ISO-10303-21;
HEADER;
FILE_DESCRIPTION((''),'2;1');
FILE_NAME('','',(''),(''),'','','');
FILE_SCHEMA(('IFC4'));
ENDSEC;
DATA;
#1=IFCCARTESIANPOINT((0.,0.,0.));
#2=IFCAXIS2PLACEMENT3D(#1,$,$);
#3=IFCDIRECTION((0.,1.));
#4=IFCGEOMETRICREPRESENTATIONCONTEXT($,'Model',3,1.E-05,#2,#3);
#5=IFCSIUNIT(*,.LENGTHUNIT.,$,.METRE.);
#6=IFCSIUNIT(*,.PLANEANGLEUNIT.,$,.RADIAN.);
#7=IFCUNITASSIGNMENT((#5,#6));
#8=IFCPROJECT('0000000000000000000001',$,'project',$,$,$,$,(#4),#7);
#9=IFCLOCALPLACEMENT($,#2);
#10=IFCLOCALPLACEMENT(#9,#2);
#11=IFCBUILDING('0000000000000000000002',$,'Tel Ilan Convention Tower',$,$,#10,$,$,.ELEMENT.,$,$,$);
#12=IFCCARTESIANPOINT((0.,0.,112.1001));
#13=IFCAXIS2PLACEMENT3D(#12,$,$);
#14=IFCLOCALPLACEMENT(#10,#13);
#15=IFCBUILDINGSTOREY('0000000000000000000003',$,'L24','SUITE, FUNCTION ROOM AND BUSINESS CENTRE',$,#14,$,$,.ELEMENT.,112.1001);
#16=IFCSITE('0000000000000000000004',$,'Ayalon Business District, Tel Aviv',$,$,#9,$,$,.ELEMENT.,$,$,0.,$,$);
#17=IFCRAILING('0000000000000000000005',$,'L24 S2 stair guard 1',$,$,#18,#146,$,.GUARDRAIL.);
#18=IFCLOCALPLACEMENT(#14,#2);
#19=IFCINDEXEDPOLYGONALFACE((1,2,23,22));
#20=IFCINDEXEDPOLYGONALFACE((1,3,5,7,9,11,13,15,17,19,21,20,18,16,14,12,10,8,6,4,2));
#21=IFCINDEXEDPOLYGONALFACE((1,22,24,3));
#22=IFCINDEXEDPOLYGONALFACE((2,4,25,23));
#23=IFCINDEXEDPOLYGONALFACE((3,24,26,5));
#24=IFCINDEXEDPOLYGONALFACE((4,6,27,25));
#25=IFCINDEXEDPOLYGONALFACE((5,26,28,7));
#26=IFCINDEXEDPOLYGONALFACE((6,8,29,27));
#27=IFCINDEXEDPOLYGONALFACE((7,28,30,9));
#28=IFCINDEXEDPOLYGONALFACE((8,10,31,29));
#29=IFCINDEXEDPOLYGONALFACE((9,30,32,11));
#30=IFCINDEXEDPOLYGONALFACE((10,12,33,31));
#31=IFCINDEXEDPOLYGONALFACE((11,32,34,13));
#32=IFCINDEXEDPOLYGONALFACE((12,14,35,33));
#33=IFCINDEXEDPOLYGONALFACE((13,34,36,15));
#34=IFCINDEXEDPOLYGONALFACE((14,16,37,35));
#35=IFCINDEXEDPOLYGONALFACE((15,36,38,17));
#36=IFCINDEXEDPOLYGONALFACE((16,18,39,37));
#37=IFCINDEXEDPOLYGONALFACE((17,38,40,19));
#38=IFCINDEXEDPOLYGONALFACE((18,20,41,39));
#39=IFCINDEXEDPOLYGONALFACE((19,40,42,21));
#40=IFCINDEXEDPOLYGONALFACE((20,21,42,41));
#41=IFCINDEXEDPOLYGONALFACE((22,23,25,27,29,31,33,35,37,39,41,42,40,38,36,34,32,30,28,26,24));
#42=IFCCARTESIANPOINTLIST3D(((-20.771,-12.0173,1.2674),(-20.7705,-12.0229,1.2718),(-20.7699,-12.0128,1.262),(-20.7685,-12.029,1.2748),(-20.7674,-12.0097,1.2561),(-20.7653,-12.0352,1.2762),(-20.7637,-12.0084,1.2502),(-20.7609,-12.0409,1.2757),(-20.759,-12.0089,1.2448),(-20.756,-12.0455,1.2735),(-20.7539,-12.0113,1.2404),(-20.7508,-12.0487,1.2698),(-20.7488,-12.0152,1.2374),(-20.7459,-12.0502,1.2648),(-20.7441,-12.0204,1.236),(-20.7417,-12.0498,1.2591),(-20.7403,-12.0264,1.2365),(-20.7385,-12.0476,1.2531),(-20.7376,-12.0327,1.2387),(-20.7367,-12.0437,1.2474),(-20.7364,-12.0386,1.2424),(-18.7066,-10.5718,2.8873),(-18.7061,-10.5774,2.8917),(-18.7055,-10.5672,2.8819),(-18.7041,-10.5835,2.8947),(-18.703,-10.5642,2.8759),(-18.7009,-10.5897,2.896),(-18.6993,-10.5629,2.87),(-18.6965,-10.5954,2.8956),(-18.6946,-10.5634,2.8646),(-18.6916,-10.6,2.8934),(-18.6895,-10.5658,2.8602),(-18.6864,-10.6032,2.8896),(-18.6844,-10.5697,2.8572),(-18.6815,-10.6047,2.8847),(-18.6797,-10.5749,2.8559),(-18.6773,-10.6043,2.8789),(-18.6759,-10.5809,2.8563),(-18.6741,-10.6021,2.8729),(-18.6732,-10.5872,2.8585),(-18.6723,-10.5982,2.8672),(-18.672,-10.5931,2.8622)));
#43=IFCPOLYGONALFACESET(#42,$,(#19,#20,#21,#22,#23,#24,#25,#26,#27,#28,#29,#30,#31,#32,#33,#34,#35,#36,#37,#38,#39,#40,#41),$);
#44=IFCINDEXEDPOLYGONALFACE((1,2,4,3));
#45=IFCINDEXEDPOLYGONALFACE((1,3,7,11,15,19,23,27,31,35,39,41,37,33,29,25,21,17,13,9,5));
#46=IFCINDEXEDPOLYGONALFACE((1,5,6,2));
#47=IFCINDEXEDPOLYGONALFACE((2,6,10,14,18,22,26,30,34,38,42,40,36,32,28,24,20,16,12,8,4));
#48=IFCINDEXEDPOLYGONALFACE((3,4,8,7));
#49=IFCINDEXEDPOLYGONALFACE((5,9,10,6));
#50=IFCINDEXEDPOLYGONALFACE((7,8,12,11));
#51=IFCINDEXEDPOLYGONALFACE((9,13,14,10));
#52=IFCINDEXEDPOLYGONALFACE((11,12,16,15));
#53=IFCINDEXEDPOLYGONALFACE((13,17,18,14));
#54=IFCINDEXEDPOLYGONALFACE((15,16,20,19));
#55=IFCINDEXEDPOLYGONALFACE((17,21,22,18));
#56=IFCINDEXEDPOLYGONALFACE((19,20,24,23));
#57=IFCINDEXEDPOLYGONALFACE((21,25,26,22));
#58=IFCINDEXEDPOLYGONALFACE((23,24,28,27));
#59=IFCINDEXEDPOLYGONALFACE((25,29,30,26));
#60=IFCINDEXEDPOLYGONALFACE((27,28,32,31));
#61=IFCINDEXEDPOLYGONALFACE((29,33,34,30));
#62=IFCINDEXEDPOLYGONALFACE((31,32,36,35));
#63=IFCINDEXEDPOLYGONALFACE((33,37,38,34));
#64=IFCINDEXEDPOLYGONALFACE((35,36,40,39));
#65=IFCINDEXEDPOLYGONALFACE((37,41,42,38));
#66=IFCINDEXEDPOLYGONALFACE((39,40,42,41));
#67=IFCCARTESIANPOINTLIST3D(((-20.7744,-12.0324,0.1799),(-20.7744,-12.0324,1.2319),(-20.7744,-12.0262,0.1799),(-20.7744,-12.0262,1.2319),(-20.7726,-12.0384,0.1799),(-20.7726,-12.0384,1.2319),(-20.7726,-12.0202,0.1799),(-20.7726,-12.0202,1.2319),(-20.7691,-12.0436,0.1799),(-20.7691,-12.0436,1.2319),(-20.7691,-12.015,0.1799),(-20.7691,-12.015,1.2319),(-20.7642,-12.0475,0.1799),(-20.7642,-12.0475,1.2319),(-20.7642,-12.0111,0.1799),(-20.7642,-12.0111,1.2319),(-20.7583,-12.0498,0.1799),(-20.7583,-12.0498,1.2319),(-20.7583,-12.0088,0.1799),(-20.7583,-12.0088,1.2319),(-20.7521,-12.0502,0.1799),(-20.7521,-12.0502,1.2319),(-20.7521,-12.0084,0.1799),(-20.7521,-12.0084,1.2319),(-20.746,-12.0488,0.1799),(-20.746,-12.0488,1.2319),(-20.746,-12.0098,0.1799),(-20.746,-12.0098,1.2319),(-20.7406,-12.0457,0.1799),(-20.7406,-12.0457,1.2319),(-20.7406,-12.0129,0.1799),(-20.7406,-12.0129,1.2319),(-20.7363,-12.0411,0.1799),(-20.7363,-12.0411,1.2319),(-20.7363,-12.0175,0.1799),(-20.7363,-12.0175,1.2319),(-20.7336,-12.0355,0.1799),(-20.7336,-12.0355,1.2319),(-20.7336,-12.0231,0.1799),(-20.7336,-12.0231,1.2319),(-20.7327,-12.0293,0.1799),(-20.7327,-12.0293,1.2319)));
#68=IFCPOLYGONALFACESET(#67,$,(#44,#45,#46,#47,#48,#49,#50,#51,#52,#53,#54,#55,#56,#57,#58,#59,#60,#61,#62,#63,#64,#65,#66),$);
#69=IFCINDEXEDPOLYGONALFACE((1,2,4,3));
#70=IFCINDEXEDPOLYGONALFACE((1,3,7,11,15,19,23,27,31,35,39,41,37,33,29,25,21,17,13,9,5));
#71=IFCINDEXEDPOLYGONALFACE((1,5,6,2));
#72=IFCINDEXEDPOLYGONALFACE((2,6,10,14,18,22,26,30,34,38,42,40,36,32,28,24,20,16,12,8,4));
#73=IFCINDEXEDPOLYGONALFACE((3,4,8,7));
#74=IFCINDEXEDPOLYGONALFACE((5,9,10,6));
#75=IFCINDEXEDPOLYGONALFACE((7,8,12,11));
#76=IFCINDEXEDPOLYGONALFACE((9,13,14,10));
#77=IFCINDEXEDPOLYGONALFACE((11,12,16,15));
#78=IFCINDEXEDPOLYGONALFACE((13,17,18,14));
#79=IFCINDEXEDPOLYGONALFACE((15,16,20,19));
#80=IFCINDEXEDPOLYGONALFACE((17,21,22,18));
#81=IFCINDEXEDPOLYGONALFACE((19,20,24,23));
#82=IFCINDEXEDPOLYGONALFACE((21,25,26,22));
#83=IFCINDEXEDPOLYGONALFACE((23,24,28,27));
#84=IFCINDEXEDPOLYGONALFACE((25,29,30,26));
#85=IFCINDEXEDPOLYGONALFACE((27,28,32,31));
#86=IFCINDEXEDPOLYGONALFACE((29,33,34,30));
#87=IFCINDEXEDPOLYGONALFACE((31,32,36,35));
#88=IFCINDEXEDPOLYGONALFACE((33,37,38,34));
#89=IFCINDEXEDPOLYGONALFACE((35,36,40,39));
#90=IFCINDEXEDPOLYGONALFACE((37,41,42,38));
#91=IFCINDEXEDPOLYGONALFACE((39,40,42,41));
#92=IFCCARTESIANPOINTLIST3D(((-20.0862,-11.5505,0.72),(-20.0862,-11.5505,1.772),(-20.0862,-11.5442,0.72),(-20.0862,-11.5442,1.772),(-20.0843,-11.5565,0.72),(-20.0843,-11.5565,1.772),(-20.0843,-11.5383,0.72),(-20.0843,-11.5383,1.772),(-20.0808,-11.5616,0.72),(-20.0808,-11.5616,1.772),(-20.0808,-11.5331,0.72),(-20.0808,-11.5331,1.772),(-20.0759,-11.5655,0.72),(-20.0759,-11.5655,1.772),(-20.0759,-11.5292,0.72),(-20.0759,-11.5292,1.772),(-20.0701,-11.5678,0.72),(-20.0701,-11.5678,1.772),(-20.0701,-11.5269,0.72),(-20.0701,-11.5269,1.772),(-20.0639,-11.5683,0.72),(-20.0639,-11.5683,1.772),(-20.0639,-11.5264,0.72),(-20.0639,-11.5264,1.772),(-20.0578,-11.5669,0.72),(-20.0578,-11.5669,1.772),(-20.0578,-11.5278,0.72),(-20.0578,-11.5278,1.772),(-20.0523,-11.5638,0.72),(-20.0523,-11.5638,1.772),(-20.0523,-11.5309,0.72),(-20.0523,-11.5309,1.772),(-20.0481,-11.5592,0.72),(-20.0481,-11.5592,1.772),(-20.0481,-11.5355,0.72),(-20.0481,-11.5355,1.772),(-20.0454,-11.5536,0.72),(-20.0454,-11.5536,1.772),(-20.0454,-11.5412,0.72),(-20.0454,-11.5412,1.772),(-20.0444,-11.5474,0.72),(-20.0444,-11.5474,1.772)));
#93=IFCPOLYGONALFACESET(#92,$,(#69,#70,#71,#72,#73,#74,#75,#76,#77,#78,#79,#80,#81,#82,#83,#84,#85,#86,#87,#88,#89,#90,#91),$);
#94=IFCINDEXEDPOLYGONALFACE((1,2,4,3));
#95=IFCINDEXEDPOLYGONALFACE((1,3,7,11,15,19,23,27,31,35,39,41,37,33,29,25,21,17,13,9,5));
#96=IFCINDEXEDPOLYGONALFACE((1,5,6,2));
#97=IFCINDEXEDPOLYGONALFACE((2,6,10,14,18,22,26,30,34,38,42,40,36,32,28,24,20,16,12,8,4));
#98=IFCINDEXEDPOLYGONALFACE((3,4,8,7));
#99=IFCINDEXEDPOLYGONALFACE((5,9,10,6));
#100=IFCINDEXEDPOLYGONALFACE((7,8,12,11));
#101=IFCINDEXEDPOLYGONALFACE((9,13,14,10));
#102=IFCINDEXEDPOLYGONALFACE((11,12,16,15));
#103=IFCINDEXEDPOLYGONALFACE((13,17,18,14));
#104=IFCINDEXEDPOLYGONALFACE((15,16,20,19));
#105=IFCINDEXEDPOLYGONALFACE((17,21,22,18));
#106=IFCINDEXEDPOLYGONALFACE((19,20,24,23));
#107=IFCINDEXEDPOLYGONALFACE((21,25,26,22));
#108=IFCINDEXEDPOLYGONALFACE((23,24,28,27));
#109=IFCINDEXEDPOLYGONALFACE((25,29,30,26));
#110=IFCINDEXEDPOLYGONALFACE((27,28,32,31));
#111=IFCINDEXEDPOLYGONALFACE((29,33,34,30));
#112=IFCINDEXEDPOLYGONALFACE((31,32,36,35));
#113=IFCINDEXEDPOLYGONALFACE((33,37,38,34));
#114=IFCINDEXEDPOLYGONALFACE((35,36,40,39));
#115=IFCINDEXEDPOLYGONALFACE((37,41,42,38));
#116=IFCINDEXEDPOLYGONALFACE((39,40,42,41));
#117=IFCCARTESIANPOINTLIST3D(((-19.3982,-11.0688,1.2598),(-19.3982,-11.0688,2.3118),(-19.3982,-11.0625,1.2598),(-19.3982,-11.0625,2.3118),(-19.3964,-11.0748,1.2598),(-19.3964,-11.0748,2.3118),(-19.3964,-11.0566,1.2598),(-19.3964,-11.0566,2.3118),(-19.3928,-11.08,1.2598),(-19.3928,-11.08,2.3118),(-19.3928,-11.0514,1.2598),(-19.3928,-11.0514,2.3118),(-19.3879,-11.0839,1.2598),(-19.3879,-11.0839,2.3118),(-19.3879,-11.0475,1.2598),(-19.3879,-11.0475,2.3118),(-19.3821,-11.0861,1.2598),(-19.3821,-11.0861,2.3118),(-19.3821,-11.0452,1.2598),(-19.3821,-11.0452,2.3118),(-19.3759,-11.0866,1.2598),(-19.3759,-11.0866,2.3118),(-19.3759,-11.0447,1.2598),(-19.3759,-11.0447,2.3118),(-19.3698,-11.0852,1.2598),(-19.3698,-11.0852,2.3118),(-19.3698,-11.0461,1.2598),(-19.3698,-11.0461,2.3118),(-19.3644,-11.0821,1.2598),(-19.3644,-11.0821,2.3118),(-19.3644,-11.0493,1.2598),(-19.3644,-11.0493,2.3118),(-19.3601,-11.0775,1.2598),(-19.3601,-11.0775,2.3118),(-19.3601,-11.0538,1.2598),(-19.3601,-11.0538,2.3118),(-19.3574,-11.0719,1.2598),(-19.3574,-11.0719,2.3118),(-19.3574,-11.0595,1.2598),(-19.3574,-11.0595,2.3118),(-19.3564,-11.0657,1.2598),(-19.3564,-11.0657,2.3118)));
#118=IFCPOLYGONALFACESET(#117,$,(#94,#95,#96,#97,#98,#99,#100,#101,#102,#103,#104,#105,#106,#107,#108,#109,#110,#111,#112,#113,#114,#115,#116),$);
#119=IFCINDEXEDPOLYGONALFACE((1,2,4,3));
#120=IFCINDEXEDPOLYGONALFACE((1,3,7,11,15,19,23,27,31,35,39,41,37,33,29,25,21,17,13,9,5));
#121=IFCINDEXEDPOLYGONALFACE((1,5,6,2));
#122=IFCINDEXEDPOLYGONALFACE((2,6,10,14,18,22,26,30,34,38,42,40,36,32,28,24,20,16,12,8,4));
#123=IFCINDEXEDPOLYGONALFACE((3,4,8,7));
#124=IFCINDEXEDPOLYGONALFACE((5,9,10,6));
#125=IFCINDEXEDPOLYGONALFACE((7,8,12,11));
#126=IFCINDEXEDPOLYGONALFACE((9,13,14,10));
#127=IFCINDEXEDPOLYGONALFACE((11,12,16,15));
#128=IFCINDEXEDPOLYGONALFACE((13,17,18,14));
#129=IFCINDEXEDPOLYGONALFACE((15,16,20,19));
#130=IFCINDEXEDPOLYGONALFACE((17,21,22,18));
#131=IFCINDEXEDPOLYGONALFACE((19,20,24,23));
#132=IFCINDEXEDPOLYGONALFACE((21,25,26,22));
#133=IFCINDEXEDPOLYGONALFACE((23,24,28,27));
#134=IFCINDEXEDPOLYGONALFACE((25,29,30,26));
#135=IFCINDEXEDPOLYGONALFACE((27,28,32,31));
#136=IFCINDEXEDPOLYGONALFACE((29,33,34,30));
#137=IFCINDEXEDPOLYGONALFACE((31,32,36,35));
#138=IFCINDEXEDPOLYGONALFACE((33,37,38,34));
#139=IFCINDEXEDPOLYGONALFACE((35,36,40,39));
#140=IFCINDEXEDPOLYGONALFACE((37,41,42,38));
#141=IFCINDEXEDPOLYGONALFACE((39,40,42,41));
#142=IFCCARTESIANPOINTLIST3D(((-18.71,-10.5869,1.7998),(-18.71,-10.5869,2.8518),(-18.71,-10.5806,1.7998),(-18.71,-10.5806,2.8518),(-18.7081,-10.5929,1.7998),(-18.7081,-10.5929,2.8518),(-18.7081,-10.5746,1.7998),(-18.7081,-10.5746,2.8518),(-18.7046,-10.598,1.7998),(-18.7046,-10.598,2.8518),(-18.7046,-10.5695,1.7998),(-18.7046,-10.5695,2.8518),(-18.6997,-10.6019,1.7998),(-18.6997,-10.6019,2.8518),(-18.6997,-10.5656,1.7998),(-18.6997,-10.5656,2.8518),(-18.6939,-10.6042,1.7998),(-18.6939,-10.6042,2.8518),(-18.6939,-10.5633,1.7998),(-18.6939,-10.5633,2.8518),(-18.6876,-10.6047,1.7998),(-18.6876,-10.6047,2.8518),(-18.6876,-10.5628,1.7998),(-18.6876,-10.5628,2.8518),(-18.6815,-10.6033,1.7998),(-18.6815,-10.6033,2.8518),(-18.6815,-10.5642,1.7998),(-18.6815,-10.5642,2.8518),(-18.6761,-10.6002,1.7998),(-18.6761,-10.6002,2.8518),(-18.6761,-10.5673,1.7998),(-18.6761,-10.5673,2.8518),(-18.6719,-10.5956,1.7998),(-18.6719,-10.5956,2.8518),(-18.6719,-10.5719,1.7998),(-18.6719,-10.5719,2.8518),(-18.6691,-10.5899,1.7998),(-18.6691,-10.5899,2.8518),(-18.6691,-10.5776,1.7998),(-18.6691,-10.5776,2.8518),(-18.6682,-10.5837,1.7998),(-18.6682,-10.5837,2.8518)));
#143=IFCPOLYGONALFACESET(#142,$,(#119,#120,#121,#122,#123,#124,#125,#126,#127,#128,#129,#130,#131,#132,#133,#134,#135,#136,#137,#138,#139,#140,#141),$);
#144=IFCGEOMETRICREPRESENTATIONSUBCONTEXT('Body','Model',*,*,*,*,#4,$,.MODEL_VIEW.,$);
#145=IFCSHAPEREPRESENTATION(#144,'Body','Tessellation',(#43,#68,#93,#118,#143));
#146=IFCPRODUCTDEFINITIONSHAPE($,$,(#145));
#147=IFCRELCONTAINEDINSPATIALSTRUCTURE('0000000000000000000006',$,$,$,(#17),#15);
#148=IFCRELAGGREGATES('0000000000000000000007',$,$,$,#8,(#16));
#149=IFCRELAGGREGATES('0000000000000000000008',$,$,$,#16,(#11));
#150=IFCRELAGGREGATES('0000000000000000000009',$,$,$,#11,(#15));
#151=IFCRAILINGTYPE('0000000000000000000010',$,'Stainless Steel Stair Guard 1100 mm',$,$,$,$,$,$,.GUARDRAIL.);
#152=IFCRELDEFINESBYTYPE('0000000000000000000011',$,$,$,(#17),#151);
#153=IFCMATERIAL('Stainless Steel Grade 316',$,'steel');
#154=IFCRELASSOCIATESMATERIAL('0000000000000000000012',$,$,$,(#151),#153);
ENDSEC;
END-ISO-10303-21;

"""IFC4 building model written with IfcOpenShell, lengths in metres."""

from ifc_helpers import new_model, si_unit, direction, frame, origin, origin_2d, place, context, subcontext, project, spatial, circle, extrude, material, type_object, element, save


model = new_model("IFC4")

# Units and contexts
model_context = context("Model", 3, precision=1e-05, world=origin(), true_north=direction((0.0, 1.0)))
body_context = subcontext(model_context, "Body", "Model", "MODEL_VIEW")
ifc_project = project(units=[si_unit("LENGTHUNIT", "METRE"), si_unit("PLANEANGLEUNIT", "RADIAN")], contexts=[model_context])

# Site, building, storey
site_placement = place(None, origin())
site = spatial("IfcSite", under=ifc_project, at=site_placement, Name="Ayalon Business District, Tel Aviv", CompositionType="ELEMENT", RefElevation=0.0)
building_placement = place(site_placement, origin())
building = spatial("IfcBuilding", under=site, at=building_placement, Name="Tel Ilan Convention Tower", CompositionType="ELEMENT")
storey_placement = place(building_placement, frame((0.0, 0.0, 112.1001)))
storey = spatial("IfcBuildingStorey", under=building, at=storey_placement, Name="L24", Description="SUITE, FUNCTION ROOM AND BUSINESS CENTRE", CompositionType="ELEMENT", Elevation=112.1001)

# Railing
ifc_material_1 = material(Name="Stainless Steel Grade 316", Category="steel")
railing_type_1 = type_object("IfcRailingType", Name="Stainless Steel Stair Guard 1100 mm", PredefinedType="GUARDRAIL", material=ifc_material_1)
railing_1_placement = place(storey_placement, frame((-20.7537, -12.0293, 0.1799)))
element("IfcRailing", 1, at=railing_1_placement, inside=storey, type_object=railing_type_1, Name="L24 S2 stair guard 1", PredefinedType="GUARDRAIL", context=body_context, shape_type="SweptSolid", body=[
    extrude(circle(Radius=0.0239, at=origin_2d()), frame((0.0, 0.0, 1.0762), z_axis=(0.689086, 0.482507, 0.540691), x_axis=(-0.573579, 0.81915, 0.0)), (0.0, 0.0, 1.0), 2.9958),
    extrude(circle(Radius=0.021, at=origin_2d()), origin(), (0.0, 0.0, 1.0), 1.052),
    extrude(circle(Radius=0.021, at=origin_2d()), frame((0.6882, 0.4819, 0.54)), (0.0, 0.0, 1.0), 1.052),
    extrude(circle(Radius=0.021, at=origin_2d()), frame((1.3762, 0.9636, 1.0798)), (0.0, 0.0, 1.0), 1.052),
    extrude(circle(Radius=0.021, at=origin_2d()), frame((2.0645, 1.4456, 1.6199)), (0.0, 0.0, 1.0), 1.052),
])

save(model, "model.ifc")
